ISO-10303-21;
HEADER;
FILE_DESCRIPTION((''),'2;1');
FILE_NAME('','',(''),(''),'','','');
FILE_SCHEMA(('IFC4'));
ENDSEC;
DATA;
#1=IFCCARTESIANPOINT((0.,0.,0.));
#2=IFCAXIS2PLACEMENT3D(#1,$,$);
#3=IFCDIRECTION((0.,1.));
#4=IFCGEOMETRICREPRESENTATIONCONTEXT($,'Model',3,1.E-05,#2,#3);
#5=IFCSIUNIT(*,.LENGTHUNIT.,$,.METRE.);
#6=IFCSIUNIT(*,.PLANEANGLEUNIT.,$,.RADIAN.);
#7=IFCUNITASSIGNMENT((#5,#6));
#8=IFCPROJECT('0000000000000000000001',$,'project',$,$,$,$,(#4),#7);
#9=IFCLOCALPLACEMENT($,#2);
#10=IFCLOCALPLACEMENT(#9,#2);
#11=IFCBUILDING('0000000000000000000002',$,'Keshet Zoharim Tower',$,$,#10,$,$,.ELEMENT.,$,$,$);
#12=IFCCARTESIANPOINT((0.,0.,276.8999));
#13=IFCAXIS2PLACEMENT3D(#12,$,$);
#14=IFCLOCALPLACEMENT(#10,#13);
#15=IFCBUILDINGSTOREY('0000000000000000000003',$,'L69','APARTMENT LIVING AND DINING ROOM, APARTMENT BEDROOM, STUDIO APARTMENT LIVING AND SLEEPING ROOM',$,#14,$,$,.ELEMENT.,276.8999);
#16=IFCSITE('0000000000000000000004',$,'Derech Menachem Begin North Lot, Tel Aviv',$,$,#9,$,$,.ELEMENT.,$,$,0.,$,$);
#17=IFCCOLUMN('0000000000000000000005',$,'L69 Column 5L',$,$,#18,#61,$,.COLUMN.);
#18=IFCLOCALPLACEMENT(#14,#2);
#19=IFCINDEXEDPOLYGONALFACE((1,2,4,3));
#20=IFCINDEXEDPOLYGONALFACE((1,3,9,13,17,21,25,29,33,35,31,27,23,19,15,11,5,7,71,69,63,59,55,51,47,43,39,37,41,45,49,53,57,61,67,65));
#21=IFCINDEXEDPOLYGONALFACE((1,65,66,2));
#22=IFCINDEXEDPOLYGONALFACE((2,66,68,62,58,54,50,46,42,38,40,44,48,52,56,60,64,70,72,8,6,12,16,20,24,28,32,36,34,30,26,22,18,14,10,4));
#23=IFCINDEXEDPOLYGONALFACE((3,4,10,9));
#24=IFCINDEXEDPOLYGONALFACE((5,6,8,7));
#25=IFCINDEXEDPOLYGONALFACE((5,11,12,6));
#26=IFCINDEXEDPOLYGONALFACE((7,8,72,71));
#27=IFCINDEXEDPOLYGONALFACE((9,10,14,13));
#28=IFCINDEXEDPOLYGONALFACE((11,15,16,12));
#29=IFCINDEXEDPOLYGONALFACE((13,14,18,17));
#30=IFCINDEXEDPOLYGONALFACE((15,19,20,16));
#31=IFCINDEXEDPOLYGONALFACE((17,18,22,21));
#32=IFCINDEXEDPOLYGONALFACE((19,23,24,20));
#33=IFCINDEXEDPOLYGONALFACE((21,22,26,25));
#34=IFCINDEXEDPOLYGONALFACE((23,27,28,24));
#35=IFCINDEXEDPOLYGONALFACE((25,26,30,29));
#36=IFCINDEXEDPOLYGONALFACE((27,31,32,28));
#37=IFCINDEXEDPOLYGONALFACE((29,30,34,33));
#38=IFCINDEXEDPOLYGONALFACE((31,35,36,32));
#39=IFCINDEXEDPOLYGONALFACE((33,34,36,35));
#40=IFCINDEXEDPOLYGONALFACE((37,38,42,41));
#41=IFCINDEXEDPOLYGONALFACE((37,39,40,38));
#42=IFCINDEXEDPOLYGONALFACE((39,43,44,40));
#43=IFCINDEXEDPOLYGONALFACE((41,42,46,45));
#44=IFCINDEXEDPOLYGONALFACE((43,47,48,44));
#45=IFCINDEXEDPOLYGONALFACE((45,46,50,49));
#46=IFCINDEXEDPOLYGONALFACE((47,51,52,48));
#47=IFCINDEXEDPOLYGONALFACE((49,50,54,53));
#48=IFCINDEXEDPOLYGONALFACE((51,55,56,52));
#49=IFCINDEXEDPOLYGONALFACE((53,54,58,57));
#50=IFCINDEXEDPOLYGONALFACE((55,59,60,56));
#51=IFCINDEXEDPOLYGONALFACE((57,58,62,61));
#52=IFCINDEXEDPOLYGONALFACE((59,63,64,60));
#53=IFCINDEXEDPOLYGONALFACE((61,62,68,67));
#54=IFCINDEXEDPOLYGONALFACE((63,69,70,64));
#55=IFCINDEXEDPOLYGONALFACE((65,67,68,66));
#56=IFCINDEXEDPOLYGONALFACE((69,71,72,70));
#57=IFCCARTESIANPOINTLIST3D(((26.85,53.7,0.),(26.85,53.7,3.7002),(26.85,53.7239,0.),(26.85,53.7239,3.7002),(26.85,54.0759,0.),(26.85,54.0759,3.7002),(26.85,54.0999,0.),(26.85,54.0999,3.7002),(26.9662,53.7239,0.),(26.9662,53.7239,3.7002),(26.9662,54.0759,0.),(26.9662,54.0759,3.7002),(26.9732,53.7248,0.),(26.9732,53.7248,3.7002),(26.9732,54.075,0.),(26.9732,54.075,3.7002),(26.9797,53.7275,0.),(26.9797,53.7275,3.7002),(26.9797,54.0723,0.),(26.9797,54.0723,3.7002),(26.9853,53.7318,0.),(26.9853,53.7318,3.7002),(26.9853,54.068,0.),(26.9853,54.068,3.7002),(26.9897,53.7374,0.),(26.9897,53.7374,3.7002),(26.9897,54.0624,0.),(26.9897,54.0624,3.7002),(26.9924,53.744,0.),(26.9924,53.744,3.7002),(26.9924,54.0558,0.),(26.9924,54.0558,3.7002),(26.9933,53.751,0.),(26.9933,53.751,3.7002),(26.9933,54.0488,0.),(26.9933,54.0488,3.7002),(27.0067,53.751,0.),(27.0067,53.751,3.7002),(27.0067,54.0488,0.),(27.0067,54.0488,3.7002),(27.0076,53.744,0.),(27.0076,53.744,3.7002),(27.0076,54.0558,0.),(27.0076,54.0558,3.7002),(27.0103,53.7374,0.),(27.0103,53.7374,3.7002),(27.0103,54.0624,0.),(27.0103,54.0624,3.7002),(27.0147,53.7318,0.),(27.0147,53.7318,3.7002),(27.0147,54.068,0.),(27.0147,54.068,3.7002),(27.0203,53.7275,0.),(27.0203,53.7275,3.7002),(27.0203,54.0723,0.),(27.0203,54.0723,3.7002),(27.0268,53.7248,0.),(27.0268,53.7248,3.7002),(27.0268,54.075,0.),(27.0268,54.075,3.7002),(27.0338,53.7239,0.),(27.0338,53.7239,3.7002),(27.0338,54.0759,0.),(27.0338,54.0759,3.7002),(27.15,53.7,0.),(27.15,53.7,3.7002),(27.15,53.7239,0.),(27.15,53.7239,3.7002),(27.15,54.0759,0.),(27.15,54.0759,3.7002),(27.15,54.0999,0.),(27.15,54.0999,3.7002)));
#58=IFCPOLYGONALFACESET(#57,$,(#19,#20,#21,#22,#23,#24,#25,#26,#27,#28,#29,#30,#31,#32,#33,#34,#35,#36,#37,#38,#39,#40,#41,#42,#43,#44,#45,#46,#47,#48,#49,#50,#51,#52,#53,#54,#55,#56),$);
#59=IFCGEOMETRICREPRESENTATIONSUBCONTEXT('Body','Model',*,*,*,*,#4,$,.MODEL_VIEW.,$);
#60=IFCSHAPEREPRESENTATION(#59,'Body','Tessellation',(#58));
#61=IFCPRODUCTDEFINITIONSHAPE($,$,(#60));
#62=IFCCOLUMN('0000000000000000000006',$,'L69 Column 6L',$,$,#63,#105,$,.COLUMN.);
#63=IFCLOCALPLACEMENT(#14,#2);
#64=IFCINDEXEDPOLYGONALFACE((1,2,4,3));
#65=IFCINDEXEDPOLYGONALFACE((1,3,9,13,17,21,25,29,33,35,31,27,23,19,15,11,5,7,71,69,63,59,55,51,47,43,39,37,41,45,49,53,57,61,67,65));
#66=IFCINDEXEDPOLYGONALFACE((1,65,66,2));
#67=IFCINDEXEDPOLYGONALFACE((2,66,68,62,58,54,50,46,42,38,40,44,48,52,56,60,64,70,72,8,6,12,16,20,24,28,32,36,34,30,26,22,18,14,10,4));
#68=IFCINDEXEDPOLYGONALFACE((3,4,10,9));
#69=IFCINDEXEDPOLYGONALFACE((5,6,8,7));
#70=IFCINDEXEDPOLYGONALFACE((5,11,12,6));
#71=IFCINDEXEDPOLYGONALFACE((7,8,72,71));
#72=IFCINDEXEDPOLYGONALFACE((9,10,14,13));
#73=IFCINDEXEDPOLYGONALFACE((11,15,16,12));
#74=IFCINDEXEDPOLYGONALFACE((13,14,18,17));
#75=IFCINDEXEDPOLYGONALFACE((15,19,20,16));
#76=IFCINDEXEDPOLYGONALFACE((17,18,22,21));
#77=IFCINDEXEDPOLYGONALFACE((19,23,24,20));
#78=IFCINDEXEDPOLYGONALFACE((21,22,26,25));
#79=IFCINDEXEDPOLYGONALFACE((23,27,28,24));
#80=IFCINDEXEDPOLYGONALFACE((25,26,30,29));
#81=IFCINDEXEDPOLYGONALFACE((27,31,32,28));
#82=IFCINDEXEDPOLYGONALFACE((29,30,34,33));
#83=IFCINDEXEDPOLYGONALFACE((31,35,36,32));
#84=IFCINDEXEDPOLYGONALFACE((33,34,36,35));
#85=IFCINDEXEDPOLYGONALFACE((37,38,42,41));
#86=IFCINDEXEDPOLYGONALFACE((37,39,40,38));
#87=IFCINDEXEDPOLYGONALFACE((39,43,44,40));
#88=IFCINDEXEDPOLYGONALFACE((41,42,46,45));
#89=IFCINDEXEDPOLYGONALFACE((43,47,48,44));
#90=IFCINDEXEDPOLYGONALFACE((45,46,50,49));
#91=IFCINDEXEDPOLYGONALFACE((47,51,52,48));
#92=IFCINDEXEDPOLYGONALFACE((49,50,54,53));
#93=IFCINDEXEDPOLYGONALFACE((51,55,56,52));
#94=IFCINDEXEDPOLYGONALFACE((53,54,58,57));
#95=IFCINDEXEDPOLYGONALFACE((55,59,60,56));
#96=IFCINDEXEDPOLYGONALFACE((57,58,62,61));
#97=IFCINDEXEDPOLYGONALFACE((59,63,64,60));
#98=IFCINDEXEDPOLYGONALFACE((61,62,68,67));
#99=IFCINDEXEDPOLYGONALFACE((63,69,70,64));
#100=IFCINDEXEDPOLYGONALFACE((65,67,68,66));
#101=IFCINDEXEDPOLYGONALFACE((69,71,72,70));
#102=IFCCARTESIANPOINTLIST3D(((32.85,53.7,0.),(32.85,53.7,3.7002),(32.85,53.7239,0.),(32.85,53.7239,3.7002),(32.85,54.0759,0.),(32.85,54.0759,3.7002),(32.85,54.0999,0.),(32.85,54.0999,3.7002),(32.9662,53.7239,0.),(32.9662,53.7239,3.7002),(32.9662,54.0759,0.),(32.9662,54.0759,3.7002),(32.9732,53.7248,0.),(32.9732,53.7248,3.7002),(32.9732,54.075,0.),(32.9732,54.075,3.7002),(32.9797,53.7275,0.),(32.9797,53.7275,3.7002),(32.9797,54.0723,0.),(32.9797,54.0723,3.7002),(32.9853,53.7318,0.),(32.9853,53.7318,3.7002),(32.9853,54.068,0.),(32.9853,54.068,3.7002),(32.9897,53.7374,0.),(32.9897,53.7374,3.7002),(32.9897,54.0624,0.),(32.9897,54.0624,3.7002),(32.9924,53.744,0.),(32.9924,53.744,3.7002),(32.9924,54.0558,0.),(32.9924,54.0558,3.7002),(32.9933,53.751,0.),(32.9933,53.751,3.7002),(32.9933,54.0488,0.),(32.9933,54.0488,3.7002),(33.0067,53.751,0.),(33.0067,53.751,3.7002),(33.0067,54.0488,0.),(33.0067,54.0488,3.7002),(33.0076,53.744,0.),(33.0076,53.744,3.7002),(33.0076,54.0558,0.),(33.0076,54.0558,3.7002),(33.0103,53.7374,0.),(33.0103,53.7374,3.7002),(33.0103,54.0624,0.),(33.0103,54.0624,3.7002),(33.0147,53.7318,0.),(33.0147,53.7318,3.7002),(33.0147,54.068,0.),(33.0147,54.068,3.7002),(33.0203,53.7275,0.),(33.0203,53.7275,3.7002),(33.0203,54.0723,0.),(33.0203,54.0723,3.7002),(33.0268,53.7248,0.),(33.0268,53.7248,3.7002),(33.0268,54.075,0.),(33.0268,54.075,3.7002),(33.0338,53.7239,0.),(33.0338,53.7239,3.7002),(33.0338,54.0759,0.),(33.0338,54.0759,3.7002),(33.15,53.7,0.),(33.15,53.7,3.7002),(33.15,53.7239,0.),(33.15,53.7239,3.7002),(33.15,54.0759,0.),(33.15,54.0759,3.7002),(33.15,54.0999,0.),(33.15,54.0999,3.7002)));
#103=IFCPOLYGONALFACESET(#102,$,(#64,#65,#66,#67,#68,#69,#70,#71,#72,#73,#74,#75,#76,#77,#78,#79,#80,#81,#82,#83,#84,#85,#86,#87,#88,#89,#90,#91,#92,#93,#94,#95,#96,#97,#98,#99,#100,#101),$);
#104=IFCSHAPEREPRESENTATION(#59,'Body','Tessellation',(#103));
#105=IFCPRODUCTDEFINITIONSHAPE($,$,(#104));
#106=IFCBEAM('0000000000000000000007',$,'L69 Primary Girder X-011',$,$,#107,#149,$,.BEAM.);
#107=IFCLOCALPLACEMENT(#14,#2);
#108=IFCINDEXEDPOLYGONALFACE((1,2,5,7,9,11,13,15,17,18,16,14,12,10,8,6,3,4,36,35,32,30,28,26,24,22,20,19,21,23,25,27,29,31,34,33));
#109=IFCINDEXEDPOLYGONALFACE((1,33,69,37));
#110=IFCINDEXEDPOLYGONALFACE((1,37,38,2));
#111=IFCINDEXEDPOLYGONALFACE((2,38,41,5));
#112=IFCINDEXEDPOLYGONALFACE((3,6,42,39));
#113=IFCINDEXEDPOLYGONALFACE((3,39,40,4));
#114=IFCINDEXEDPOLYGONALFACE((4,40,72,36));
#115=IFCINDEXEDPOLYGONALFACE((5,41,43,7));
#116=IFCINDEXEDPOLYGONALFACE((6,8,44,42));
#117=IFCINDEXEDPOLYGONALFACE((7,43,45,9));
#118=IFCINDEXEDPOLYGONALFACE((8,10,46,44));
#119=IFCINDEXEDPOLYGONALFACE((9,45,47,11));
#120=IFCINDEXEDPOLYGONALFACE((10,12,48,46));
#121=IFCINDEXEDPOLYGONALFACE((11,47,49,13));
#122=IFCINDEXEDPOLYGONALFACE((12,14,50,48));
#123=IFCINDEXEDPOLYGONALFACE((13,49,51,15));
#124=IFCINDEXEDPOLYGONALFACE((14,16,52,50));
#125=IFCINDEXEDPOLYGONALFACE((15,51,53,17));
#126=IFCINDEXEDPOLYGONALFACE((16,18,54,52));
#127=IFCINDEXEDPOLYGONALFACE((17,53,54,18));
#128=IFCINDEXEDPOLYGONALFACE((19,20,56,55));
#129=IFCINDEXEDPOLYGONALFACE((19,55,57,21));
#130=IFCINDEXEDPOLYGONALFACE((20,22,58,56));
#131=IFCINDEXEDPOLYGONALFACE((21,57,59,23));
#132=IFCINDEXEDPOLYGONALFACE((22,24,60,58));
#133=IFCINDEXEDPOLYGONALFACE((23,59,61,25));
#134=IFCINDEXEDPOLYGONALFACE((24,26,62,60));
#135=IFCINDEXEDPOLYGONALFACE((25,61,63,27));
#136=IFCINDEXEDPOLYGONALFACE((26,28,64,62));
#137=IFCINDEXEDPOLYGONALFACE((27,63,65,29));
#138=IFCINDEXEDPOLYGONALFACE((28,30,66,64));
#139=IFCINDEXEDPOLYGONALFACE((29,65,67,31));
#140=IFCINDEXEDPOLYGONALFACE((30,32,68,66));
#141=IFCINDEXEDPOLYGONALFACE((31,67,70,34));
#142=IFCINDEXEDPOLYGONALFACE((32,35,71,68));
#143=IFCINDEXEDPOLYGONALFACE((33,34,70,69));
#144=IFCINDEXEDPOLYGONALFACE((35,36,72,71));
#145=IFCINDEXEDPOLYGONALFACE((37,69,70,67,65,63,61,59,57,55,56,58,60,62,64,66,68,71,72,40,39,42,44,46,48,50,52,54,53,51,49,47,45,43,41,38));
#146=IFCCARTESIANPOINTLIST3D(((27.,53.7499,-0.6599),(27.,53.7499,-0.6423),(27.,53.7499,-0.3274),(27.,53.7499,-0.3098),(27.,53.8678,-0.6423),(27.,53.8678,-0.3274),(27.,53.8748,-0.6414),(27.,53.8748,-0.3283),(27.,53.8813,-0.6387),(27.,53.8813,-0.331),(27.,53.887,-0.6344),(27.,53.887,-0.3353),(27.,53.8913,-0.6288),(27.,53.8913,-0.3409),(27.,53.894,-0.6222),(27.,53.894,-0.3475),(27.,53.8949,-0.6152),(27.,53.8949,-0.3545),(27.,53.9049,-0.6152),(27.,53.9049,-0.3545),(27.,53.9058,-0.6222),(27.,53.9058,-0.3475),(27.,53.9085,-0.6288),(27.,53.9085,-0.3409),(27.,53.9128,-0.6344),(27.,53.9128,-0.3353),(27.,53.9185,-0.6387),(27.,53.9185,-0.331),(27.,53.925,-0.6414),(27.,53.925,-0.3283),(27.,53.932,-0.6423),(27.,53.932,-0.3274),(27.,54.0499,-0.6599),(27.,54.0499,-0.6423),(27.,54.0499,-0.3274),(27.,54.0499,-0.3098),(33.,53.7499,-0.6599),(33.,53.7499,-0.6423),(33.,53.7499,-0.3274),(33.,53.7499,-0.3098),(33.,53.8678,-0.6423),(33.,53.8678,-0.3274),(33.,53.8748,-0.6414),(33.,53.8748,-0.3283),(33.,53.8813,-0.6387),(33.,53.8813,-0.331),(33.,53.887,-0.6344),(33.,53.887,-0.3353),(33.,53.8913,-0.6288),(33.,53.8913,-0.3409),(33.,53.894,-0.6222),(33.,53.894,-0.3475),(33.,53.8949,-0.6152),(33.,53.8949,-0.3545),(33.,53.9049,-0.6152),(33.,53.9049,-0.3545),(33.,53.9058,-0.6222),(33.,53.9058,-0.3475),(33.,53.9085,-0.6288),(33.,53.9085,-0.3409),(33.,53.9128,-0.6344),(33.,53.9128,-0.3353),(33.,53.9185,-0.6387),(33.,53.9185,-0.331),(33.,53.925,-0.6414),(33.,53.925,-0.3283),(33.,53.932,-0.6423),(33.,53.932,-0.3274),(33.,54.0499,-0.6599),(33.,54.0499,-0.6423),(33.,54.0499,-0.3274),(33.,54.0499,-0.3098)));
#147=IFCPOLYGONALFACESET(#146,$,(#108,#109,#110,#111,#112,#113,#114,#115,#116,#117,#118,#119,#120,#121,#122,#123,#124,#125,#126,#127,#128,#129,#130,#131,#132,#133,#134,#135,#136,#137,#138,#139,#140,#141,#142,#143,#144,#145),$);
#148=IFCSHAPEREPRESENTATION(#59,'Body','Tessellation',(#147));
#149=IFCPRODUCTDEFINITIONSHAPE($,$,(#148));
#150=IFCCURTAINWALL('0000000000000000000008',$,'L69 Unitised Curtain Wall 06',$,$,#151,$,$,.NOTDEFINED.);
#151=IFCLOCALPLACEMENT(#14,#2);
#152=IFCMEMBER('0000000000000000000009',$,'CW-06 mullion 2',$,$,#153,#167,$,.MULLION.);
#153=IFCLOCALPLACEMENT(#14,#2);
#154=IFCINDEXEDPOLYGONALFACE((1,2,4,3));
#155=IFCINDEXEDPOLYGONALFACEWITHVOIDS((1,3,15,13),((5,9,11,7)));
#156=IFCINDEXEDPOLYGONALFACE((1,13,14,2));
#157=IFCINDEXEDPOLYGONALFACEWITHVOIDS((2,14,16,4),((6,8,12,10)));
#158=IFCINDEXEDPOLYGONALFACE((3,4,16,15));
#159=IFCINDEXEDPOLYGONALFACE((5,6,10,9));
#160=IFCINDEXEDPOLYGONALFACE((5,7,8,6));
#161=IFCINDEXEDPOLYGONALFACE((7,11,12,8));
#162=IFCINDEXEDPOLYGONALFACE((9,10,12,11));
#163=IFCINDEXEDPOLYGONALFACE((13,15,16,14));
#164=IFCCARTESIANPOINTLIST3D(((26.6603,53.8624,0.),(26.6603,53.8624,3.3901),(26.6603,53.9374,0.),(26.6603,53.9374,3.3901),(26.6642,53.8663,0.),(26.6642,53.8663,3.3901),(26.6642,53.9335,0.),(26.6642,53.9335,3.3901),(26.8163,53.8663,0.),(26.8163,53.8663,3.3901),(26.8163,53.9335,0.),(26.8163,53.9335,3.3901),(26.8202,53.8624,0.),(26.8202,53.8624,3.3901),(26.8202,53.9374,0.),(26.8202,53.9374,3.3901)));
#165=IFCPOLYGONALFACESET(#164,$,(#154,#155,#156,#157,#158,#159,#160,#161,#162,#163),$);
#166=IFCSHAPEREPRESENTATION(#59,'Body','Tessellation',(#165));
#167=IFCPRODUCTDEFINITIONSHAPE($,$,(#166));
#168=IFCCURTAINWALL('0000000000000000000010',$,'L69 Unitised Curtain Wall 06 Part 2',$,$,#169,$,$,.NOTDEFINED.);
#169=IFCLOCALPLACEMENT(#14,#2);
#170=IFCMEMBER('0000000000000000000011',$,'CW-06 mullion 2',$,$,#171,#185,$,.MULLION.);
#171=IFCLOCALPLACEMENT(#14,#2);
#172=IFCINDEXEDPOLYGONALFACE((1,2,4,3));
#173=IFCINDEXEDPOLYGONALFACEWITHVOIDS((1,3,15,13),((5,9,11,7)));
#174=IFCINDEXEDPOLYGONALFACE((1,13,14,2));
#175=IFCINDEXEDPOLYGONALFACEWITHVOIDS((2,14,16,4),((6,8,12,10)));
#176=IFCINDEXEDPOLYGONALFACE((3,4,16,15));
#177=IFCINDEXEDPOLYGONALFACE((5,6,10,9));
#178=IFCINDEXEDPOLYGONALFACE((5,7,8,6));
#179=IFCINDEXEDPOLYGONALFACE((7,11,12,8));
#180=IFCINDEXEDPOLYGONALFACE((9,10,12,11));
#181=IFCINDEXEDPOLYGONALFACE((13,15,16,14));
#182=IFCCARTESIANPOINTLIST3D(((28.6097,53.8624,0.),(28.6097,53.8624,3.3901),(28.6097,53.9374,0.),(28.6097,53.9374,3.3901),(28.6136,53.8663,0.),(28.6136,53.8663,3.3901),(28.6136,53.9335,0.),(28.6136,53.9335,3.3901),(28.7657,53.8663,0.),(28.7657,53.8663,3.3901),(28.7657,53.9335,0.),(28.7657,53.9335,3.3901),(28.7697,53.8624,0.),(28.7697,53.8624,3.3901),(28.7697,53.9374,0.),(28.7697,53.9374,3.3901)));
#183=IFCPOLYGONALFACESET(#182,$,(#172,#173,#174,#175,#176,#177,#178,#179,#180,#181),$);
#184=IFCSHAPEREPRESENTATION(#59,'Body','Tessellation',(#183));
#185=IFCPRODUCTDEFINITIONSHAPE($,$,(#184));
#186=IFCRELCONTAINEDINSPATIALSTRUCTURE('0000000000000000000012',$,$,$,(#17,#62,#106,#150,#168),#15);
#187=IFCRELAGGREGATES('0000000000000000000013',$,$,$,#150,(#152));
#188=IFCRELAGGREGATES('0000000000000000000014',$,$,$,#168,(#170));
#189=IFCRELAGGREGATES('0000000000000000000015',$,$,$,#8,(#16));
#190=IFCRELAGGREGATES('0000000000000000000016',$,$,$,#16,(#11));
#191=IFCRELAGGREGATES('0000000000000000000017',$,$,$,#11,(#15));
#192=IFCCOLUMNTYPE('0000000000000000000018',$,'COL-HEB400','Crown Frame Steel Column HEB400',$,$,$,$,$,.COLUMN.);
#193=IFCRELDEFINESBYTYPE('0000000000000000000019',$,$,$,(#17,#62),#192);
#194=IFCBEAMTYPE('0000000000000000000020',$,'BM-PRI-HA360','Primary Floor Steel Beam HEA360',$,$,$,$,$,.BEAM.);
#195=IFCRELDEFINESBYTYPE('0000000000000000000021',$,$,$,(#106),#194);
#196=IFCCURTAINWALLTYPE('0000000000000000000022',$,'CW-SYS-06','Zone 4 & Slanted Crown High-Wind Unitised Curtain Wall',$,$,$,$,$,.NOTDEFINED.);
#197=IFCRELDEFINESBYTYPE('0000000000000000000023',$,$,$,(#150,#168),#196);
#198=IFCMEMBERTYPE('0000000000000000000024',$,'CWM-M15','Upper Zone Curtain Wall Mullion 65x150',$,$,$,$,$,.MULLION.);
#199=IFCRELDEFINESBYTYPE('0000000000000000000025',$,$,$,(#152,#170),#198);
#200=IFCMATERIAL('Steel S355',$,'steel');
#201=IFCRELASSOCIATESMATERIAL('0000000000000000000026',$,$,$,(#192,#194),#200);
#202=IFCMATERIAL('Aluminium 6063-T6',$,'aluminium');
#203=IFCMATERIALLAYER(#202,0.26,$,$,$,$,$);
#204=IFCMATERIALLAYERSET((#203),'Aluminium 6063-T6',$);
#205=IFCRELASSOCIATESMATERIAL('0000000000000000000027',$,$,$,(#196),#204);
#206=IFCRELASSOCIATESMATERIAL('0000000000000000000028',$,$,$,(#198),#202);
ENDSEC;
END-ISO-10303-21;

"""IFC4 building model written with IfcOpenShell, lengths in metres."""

from ifc_helpers import new_model, si_unit, direction, frame, origin, origin_2d, place, context, subcontext, project, spatial, hollow_rectangle, i_section, extrude, material, layer, layer_set, material_profile, profile_set, type_object, element, aggregate, save


model = new_model("IFC4")

# Units and contexts
model_context = context("Model", 3, precision=1e-05, world=origin(), true_north=direction((0.0, 1.0)))
body_context = subcontext(model_context, "Body", "Model", "MODEL_VIEW")
ifc_project = project(units=[si_unit("LENGTHUNIT", "METRE"), si_unit("PLANEANGLEUNIT", "RADIAN")], contexts=[model_context])

# Site, building, storey
site_placement = place(None, origin())
site = spatial("IfcSite", under=ifc_project, at=site_placement, Name="Derech Menachem Begin North Lot, Tel Aviv", CompositionType="ELEMENT", RefElevation=0.0)
building_placement = place(site_placement, origin())
building = spatial("IfcBuilding", under=site, at=building_placement, Name="Keshet Zoharim Tower", CompositionType="ELEMENT")
storey_placement = place(building_placement, frame((0.0, 0.0, 276.8999)))
storey = spatial("IfcBuildingStorey", under=building, at=storey_placement, Name="L69", Description="APARTMENT LIVING AND DINING ROOM, APARTMENT BEDROOM, STUDIO APARTMENT LIVING AND SLEEPING ROOM", CompositionType="ELEMENT", Elevation=276.8999)

# Columns
ifc_material_1 = material(Name="Steel S355", Category="steel")
ifc_material_profile_1 = material_profile(ifc_material_1, i_section(OverallWidth=0.3, OverallDepth=0.3999, WebThickness=0.0134, FlangeThickness=0.0239, FilletRadius=0.0271, at=origin_2d()), Name="HEB400")
ifc_profile_set_1 = profile_set([ifc_material_profile_1], Name="Steel S355")
column_type = type_object("IfcColumnType", Name="COL-HEB400", Description="Crown Frame Steel Column HEB400", PredefinedType="COLUMN", material=ifc_profile_set_1)
for number, where, z_axis, x_axis, name in (
    (1, (27.0, 53.8999, 0.0), (0.0, 0.0, 1.0), (1.0, 0.0, 0.0), "L69 Column 5L"),
    (2, (33.0, 53.8999, 0.0), (0.0, 0.0, 1.0), (1.0, 0.0, 0.0), "L69 Column 6L"),
):
    element("IfcColumn", number, at=place(storey_placement, frame(where, z_axis=z_axis, x_axis=x_axis)), inside=storey, type_object=column_type, Name=name, PredefinedType="COLUMN", context=body_context, shape_type="SweptSolid", body=[
        extrude(i_section(OverallWidth=0.3, OverallDepth=0.3999, WebThickness=0.0134, FlangeThickness=0.0239, FilletRadius=0.0271, at=origin_2d()), origin(), (0.0, 0.0, 1.0), 3.7002),
    ])

# Beam
ifc_material_profile_2 = material_profile(ifc_material_1, i_section(OverallWidth=0.3, OverallDepth=0.3501, WebThickness=0.01, FlangeThickness=0.0176, FilletRadius=0.0271, at=origin_2d()), Name="HEA360")
ifc_profile_set_2 = profile_set([ifc_material_profile_2], Name="Steel S355")
beam_type = type_object("IfcBeamType", Name="BM-PRI-HA360", Description="Primary Floor Steel Beam HEA360", PredefinedType="BEAM", material=ifc_profile_set_2)
beam_placement = place(storey_placement, frame((27.0, 53.8999, -0.4849), z_axis=(1.0, 0.0, 0.0), x_axis=(0.0, 1.0, 0.0)))
element("IfcBeam", 3, at=beam_placement, inside=storey, type_object=beam_type, Name="L69 Primary Girder X-011", PredefinedType="BEAM", context=body_context, shape_type="SweptSolid", body=[
    extrude(i_section(OverallWidth=0.3, OverallDepth=0.3501, WebThickness=0.01, FlangeThickness=0.0176, FilletRadius=0.0271, at=origin_2d()), origin(), (0.0, 0.0, 1.0), 6.0),
])

# Curtain wall, member
ifc_material_2 = material(Name="Aluminium 6063-T6", Category="aluminium")
ifc_layer_1 = layer(ifc_material_2, 0.26)
ifc_layer_set_1 = layer_set([ifc_layer_1], Name="Aluminium 6063-T6")
curtain_wall_type = type_object("IfcCurtainWallType", Name="CW-SYS-06", Description="Zone 4 & Slanted Crown High-Wind Unitised Curtain Wall", PredefinedType="NOTDEFINED", material=ifc_layer_set_1)
curtain_wall_1_placement = place(storey_placement, origin())
curtain_wall_1 = element("IfcCurtainWall", 4, at=curtain_wall_1_placement, inside=storey, type_object=curtain_wall_type, Name="L69 Unitised Curtain Wall 06", PredefinedType="NOTDEFINED")
ifc_material_profile_3 = material_profile(ifc_material_2, hollow_rectangle(XDim=0.075, YDim=0.1599, WallThickness=0.0039, at=origin_2d()), Name="MUL-75x160")
ifc_profile_set_3 = profile_set([ifc_material_profile_3], Name="Aluminium 6063-T6")
member_type_1 = type_object("IfcMemberType", Name="CWM-M15", Description="Upper Zone Curtain Wall Mullion 65x150", PredefinedType="MULLION", material=ifc_profile_set_3)
member_1_placement = place(storey_placement, frame((26.7402, 53.8999, 0.0), z_axis=(0.0, 0.0, 1.0), x_axis=(0.0, 1.0, 0.0)))
member_1 = element("IfcMember", 5, at=member_1_placement, type_object=member_type_1, Name="CW-06 mullion 2", PredefinedType="MULLION", context=body_context, shape_type="SweptSolid", body=[
    extrude(hollow_rectangle(XDim=0.075, YDim=0.1599, WallThickness=0.0039, at=origin_2d()), origin(), (0.0, 0.0, 1.0), 3.3901),
])
aggregate(curtain_wall_1, [member_1])

# Curtain wall, member
curtain_wall_2_placement = place(storey_placement, origin())
curtain_wall_2 = element("IfcCurtainWall", 6, at=curtain_wall_2_placement, inside=storey, type_object=curtain_wall_type, Name="L69 Unitised Curtain Wall 06 Part 2", PredefinedType="NOTDEFINED")
member_2_placement = place(storey_placement, frame((28.6897, 53.8999, 0.0), z_axis=(0.0, 0.0, 1.0), x_axis=(0.0, 1.0, 0.0)))
member_2 = element("IfcMember", 7, at=member_2_placement, type_object=member_type_1, Name="CW-06 mullion 2", PredefinedType="MULLION", context=body_context, shape_type="SweptSolid", body=[
    extrude(hollow_rectangle(XDim=0.075, YDim=0.1599, WallThickness=0.0039, at=origin_2d()), origin(), (0.0, 0.0, 1.0), 3.3901),
])

aggregate(curtain_wall_2, [member_2])

save(model, "model.ifc")
